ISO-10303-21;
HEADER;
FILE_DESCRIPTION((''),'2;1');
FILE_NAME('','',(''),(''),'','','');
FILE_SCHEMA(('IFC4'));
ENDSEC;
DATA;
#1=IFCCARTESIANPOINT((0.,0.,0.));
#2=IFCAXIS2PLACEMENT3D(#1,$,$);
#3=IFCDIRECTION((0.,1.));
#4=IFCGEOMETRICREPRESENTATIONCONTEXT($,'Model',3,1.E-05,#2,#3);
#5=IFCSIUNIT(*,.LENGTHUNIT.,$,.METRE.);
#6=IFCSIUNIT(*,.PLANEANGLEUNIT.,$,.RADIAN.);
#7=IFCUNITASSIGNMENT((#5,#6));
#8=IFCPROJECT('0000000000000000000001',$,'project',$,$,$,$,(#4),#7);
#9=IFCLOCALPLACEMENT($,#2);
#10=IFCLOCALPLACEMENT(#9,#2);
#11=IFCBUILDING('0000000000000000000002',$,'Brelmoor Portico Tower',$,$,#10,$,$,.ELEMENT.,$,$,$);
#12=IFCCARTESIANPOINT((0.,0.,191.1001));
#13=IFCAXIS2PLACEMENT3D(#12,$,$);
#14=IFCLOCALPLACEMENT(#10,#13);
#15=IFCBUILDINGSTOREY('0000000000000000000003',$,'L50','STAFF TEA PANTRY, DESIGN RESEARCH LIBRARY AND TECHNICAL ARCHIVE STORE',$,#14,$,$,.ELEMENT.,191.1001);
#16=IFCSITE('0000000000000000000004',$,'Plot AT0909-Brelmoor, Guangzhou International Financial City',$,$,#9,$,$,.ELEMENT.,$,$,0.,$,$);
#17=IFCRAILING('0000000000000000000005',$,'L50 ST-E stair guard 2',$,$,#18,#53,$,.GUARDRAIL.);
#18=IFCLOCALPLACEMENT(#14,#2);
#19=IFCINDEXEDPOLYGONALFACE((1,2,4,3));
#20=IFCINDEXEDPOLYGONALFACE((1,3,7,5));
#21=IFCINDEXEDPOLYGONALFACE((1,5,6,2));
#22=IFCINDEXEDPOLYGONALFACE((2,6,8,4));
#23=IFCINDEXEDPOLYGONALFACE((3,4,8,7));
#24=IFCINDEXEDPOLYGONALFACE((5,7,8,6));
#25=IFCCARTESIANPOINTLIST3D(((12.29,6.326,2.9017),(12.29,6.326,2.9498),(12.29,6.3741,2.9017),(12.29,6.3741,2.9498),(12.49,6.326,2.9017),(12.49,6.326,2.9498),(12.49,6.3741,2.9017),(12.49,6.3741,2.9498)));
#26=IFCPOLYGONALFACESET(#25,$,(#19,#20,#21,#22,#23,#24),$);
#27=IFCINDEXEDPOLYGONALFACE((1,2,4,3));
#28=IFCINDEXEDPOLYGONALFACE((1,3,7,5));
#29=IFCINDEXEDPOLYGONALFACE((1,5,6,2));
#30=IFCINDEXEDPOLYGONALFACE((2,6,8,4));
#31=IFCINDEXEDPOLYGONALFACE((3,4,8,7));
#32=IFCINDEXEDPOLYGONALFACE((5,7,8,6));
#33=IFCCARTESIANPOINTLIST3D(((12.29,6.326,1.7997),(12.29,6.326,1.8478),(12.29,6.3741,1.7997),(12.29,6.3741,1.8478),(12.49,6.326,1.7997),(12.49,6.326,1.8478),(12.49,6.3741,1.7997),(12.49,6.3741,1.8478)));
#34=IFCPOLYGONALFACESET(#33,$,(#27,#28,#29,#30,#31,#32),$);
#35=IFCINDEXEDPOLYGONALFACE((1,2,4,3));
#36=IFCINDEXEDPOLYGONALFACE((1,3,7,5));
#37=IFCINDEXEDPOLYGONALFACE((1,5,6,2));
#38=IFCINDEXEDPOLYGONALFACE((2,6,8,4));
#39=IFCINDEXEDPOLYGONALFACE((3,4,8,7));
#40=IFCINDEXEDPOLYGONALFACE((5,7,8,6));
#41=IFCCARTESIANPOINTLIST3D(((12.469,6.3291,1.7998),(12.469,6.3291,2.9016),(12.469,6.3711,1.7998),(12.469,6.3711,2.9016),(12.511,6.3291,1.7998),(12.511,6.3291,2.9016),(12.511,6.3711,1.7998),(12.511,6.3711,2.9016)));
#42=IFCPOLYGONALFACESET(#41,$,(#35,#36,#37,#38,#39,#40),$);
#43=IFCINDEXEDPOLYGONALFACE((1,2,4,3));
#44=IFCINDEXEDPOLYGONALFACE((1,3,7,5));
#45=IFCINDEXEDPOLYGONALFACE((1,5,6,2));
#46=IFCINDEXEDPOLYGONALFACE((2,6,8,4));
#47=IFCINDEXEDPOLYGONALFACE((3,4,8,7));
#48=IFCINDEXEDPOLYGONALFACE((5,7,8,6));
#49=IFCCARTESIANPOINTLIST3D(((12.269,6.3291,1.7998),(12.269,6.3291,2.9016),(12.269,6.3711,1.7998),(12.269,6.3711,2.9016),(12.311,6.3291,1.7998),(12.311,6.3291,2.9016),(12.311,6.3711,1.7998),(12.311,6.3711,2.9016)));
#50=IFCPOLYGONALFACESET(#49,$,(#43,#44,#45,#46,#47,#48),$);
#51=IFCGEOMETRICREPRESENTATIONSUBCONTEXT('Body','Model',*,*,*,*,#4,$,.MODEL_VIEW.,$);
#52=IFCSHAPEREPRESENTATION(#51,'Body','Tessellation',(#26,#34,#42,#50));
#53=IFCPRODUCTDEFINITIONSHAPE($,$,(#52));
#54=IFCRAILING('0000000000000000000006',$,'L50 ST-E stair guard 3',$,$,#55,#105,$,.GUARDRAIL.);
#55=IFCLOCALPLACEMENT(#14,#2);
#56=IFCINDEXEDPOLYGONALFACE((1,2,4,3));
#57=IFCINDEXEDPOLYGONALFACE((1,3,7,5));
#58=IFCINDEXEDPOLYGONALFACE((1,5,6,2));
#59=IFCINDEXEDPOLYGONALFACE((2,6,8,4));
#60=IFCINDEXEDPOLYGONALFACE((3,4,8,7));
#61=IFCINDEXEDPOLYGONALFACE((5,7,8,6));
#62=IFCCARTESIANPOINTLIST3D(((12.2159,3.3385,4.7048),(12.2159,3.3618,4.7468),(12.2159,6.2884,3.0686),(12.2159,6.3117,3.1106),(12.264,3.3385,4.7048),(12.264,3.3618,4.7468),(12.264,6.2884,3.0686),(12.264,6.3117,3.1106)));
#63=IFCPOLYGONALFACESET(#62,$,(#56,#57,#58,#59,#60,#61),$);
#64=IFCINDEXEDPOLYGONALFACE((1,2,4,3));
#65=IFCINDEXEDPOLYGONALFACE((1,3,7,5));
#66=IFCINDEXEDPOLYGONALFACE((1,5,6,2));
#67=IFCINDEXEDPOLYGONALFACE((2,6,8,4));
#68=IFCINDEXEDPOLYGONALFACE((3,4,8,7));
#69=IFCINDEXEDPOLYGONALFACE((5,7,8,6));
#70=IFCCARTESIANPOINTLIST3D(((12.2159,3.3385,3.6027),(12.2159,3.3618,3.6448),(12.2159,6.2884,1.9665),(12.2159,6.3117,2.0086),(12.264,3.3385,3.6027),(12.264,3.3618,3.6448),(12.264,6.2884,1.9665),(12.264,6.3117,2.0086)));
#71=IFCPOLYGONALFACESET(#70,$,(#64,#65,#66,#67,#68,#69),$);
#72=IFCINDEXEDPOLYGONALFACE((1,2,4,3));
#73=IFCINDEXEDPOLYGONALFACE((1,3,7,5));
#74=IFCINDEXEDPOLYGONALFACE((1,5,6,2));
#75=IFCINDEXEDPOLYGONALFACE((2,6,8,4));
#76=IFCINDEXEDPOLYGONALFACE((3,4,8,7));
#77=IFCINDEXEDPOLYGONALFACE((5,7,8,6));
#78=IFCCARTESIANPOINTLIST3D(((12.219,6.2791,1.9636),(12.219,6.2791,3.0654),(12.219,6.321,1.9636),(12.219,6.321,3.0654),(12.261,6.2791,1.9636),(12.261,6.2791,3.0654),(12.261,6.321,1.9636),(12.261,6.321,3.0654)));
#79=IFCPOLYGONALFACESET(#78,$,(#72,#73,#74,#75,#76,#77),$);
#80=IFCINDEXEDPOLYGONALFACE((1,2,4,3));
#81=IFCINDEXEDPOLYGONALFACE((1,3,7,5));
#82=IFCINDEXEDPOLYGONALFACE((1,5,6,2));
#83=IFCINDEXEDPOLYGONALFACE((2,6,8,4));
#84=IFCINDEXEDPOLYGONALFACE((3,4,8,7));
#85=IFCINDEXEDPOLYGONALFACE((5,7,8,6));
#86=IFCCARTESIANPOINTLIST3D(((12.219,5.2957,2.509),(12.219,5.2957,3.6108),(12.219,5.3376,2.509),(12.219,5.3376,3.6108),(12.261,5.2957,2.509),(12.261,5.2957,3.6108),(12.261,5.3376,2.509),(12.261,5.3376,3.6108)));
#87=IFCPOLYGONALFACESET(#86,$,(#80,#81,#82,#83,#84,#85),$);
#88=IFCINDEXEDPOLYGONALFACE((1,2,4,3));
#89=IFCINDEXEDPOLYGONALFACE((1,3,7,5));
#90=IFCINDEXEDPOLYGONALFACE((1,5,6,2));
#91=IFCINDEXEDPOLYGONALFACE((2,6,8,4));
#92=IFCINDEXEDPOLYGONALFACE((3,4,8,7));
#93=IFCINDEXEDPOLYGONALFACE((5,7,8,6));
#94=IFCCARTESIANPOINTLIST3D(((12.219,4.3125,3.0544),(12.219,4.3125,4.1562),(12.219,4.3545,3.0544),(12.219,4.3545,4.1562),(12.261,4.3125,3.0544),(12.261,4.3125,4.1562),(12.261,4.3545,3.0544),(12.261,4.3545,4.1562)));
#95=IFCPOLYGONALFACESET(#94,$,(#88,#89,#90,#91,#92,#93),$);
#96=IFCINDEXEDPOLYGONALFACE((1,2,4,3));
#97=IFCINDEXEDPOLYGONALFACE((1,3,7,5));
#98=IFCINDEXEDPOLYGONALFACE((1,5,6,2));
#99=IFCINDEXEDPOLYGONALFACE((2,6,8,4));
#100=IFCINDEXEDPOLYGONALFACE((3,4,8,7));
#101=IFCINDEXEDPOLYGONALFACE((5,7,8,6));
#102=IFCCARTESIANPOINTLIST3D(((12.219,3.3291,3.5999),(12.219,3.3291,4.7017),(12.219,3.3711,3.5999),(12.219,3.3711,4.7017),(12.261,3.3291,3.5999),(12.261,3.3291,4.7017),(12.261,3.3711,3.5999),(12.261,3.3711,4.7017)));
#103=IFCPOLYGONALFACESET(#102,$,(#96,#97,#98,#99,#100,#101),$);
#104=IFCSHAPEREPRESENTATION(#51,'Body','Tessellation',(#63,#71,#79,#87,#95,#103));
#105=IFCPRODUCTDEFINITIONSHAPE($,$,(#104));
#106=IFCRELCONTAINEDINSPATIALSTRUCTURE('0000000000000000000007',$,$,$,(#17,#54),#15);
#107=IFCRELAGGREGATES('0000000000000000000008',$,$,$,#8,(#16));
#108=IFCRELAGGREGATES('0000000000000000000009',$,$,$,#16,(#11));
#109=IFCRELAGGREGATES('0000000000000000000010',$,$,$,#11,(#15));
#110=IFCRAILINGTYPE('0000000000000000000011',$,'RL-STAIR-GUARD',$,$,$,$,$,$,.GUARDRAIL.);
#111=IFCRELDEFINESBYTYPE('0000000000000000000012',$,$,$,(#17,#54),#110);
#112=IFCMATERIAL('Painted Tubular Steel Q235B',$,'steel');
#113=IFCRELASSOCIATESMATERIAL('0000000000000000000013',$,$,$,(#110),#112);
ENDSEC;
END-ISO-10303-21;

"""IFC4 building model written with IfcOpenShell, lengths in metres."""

from ifc_helpers import new_model, si_unit, direction, frame, origin, origin_2d, place, context, subcontext, project, spatial, rectangle, extrude, material, type_object, element, save


model = new_model("IFC4")

# Units and contexts
model_context = context("Model", 3, precision=1e-05, world=origin(), true_north=direction((0.0, 1.0)))
body_context = subcontext(model_context, "Body", "Model", "MODEL_VIEW")
ifc_project = project(units=[si_unit("LENGTHUNIT", "METRE"), si_unit("PLANEANGLEUNIT", "RADIAN")], contexts=[model_context])

# Site, building, storey
site_placement = place(None, origin())
site = spatial("IfcSite", under=ifc_project, at=site_placement, Name="Plot AT0909-Brelmoor, Guangzhou International Financial City", CompositionType="ELEMENT", RefElevation=0.0)
building_placement = place(site_placement, origin())
building = spatial("IfcBuilding", under=site, at=building_placement, Name="Brelmoor Portico Tower", CompositionType="ELEMENT")
storey_placement = place(building_placement, frame((0.0, 0.0, 191.1001)))
storey = spatial("IfcBuildingStorey", under=building, at=storey_placement, Name="L50", Description="STAFF TEA PANTRY, DESIGN RESEARCH LIBRARY AND TECHNICAL ARCHIVE STORE", CompositionType="ELEMENT", Elevation=191.1001)

# Railings
ifc_material_1 = material(Name="Painted Tubular Steel Q235B", Category="steel")
railing_type = type_object("IfcRailingType", Name="RL-STAIR-GUARD", PredefinedType="GUARDRAIL", material=ifc_material_1)
railing_1_placement = place(storey_placement, frame((12.49, 6.3501, 1.7998)))
element("IfcRailing", 1, at=railing_1_placement, inside=storey, type_object=railing_type, Name="L50 ST-E stair guard 2", PredefinedType="GUARDRAIL", context=body_context, shape_type="SweptSolid", body=[
    extrude(rectangle(XDim=0.0481, YDim=0.0481, at=origin_2d()), frame((0.0, 0.0, 1.126), z_axis=(-1.0, 0.0, 0.0), x_axis=(0.0, -1.0, 0.0)), (0.0, 0.0, 1.0), 0.2),
    extrude(rectangle(XDim=0.0481, YDim=0.0481, at=origin_2d()), frame((0.0, 0.0, 0.0239), z_axis=(-1.0, 0.0, 0.0), x_axis=(0.0, -1.0, 0.0)), (0.0, 0.0, 1.0), 0.2),
    extrude(rectangle(XDim=0.042, YDim=0.042, at=origin_2d()), origin(), (0.0, 0.0, 1.0), 1.1018),
    extrude(rectangle(XDim=0.042, YDim=0.042, at=origin_2d()), frame((-0.2, 0.0, 0.0)), (0.0, 0.0, 1.0), 1.1018),
])
railing_2_placement = place(storey_placement, frame((12.24, 6.3, 1.9636)))
element("IfcRailing", 2, at=railing_2_placement, inside=storey, type_object=railing_type, Name="L50 ST-E stair guard 3", PredefinedType="GUARDRAIL", context=body_context, shape_type="SweptSolid", body=[
    extrude(rectangle(XDim=0.0481, YDim=0.0481, at=origin_2d()), frame((0.0, 0.0, 1.126), z_axis=(0.0, -0.874488, 0.485047), x_axis=(1.0, 0.0, 0.0)), (0.0, 0.0, 1.0), 3.3733),
    extrude(rectangle(XDim=0.0481, YDim=0.0481, at=origin_2d()), frame((0.0, 0.0, 0.0239), z_axis=(0.0, -0.874488, 0.485047), x_axis=(1.0, 0.0, 0.0)), (0.0, 0.0, 1.0), 3.3733),
    extrude(rectangle(XDim=0.042, YDim=0.042, at=origin_2d()), origin(), (0.0, 0.0, 1.0), 1.1018),
    extrude(rectangle(XDim=0.042, YDim=0.042, at=origin_2d()), frame((0.0, -0.9834, 0.5454)), (0.0, 0.0, 1.0), 1.1018),
    extrude(rectangle(XDim=0.042, YDim=0.042, at=origin_2d()), frame((0.0, -1.9666, 1.0908)), (0.0, 0.0, 1.0), 1.1018),
    extrude(rectangle(XDim=0.042, YDim=0.042, at=origin_2d()), frame((0.0, -2.95, 1.6362)), (0.0, 0.0, 1.0), 1.1018),
])

save(model, "model.ifc")
